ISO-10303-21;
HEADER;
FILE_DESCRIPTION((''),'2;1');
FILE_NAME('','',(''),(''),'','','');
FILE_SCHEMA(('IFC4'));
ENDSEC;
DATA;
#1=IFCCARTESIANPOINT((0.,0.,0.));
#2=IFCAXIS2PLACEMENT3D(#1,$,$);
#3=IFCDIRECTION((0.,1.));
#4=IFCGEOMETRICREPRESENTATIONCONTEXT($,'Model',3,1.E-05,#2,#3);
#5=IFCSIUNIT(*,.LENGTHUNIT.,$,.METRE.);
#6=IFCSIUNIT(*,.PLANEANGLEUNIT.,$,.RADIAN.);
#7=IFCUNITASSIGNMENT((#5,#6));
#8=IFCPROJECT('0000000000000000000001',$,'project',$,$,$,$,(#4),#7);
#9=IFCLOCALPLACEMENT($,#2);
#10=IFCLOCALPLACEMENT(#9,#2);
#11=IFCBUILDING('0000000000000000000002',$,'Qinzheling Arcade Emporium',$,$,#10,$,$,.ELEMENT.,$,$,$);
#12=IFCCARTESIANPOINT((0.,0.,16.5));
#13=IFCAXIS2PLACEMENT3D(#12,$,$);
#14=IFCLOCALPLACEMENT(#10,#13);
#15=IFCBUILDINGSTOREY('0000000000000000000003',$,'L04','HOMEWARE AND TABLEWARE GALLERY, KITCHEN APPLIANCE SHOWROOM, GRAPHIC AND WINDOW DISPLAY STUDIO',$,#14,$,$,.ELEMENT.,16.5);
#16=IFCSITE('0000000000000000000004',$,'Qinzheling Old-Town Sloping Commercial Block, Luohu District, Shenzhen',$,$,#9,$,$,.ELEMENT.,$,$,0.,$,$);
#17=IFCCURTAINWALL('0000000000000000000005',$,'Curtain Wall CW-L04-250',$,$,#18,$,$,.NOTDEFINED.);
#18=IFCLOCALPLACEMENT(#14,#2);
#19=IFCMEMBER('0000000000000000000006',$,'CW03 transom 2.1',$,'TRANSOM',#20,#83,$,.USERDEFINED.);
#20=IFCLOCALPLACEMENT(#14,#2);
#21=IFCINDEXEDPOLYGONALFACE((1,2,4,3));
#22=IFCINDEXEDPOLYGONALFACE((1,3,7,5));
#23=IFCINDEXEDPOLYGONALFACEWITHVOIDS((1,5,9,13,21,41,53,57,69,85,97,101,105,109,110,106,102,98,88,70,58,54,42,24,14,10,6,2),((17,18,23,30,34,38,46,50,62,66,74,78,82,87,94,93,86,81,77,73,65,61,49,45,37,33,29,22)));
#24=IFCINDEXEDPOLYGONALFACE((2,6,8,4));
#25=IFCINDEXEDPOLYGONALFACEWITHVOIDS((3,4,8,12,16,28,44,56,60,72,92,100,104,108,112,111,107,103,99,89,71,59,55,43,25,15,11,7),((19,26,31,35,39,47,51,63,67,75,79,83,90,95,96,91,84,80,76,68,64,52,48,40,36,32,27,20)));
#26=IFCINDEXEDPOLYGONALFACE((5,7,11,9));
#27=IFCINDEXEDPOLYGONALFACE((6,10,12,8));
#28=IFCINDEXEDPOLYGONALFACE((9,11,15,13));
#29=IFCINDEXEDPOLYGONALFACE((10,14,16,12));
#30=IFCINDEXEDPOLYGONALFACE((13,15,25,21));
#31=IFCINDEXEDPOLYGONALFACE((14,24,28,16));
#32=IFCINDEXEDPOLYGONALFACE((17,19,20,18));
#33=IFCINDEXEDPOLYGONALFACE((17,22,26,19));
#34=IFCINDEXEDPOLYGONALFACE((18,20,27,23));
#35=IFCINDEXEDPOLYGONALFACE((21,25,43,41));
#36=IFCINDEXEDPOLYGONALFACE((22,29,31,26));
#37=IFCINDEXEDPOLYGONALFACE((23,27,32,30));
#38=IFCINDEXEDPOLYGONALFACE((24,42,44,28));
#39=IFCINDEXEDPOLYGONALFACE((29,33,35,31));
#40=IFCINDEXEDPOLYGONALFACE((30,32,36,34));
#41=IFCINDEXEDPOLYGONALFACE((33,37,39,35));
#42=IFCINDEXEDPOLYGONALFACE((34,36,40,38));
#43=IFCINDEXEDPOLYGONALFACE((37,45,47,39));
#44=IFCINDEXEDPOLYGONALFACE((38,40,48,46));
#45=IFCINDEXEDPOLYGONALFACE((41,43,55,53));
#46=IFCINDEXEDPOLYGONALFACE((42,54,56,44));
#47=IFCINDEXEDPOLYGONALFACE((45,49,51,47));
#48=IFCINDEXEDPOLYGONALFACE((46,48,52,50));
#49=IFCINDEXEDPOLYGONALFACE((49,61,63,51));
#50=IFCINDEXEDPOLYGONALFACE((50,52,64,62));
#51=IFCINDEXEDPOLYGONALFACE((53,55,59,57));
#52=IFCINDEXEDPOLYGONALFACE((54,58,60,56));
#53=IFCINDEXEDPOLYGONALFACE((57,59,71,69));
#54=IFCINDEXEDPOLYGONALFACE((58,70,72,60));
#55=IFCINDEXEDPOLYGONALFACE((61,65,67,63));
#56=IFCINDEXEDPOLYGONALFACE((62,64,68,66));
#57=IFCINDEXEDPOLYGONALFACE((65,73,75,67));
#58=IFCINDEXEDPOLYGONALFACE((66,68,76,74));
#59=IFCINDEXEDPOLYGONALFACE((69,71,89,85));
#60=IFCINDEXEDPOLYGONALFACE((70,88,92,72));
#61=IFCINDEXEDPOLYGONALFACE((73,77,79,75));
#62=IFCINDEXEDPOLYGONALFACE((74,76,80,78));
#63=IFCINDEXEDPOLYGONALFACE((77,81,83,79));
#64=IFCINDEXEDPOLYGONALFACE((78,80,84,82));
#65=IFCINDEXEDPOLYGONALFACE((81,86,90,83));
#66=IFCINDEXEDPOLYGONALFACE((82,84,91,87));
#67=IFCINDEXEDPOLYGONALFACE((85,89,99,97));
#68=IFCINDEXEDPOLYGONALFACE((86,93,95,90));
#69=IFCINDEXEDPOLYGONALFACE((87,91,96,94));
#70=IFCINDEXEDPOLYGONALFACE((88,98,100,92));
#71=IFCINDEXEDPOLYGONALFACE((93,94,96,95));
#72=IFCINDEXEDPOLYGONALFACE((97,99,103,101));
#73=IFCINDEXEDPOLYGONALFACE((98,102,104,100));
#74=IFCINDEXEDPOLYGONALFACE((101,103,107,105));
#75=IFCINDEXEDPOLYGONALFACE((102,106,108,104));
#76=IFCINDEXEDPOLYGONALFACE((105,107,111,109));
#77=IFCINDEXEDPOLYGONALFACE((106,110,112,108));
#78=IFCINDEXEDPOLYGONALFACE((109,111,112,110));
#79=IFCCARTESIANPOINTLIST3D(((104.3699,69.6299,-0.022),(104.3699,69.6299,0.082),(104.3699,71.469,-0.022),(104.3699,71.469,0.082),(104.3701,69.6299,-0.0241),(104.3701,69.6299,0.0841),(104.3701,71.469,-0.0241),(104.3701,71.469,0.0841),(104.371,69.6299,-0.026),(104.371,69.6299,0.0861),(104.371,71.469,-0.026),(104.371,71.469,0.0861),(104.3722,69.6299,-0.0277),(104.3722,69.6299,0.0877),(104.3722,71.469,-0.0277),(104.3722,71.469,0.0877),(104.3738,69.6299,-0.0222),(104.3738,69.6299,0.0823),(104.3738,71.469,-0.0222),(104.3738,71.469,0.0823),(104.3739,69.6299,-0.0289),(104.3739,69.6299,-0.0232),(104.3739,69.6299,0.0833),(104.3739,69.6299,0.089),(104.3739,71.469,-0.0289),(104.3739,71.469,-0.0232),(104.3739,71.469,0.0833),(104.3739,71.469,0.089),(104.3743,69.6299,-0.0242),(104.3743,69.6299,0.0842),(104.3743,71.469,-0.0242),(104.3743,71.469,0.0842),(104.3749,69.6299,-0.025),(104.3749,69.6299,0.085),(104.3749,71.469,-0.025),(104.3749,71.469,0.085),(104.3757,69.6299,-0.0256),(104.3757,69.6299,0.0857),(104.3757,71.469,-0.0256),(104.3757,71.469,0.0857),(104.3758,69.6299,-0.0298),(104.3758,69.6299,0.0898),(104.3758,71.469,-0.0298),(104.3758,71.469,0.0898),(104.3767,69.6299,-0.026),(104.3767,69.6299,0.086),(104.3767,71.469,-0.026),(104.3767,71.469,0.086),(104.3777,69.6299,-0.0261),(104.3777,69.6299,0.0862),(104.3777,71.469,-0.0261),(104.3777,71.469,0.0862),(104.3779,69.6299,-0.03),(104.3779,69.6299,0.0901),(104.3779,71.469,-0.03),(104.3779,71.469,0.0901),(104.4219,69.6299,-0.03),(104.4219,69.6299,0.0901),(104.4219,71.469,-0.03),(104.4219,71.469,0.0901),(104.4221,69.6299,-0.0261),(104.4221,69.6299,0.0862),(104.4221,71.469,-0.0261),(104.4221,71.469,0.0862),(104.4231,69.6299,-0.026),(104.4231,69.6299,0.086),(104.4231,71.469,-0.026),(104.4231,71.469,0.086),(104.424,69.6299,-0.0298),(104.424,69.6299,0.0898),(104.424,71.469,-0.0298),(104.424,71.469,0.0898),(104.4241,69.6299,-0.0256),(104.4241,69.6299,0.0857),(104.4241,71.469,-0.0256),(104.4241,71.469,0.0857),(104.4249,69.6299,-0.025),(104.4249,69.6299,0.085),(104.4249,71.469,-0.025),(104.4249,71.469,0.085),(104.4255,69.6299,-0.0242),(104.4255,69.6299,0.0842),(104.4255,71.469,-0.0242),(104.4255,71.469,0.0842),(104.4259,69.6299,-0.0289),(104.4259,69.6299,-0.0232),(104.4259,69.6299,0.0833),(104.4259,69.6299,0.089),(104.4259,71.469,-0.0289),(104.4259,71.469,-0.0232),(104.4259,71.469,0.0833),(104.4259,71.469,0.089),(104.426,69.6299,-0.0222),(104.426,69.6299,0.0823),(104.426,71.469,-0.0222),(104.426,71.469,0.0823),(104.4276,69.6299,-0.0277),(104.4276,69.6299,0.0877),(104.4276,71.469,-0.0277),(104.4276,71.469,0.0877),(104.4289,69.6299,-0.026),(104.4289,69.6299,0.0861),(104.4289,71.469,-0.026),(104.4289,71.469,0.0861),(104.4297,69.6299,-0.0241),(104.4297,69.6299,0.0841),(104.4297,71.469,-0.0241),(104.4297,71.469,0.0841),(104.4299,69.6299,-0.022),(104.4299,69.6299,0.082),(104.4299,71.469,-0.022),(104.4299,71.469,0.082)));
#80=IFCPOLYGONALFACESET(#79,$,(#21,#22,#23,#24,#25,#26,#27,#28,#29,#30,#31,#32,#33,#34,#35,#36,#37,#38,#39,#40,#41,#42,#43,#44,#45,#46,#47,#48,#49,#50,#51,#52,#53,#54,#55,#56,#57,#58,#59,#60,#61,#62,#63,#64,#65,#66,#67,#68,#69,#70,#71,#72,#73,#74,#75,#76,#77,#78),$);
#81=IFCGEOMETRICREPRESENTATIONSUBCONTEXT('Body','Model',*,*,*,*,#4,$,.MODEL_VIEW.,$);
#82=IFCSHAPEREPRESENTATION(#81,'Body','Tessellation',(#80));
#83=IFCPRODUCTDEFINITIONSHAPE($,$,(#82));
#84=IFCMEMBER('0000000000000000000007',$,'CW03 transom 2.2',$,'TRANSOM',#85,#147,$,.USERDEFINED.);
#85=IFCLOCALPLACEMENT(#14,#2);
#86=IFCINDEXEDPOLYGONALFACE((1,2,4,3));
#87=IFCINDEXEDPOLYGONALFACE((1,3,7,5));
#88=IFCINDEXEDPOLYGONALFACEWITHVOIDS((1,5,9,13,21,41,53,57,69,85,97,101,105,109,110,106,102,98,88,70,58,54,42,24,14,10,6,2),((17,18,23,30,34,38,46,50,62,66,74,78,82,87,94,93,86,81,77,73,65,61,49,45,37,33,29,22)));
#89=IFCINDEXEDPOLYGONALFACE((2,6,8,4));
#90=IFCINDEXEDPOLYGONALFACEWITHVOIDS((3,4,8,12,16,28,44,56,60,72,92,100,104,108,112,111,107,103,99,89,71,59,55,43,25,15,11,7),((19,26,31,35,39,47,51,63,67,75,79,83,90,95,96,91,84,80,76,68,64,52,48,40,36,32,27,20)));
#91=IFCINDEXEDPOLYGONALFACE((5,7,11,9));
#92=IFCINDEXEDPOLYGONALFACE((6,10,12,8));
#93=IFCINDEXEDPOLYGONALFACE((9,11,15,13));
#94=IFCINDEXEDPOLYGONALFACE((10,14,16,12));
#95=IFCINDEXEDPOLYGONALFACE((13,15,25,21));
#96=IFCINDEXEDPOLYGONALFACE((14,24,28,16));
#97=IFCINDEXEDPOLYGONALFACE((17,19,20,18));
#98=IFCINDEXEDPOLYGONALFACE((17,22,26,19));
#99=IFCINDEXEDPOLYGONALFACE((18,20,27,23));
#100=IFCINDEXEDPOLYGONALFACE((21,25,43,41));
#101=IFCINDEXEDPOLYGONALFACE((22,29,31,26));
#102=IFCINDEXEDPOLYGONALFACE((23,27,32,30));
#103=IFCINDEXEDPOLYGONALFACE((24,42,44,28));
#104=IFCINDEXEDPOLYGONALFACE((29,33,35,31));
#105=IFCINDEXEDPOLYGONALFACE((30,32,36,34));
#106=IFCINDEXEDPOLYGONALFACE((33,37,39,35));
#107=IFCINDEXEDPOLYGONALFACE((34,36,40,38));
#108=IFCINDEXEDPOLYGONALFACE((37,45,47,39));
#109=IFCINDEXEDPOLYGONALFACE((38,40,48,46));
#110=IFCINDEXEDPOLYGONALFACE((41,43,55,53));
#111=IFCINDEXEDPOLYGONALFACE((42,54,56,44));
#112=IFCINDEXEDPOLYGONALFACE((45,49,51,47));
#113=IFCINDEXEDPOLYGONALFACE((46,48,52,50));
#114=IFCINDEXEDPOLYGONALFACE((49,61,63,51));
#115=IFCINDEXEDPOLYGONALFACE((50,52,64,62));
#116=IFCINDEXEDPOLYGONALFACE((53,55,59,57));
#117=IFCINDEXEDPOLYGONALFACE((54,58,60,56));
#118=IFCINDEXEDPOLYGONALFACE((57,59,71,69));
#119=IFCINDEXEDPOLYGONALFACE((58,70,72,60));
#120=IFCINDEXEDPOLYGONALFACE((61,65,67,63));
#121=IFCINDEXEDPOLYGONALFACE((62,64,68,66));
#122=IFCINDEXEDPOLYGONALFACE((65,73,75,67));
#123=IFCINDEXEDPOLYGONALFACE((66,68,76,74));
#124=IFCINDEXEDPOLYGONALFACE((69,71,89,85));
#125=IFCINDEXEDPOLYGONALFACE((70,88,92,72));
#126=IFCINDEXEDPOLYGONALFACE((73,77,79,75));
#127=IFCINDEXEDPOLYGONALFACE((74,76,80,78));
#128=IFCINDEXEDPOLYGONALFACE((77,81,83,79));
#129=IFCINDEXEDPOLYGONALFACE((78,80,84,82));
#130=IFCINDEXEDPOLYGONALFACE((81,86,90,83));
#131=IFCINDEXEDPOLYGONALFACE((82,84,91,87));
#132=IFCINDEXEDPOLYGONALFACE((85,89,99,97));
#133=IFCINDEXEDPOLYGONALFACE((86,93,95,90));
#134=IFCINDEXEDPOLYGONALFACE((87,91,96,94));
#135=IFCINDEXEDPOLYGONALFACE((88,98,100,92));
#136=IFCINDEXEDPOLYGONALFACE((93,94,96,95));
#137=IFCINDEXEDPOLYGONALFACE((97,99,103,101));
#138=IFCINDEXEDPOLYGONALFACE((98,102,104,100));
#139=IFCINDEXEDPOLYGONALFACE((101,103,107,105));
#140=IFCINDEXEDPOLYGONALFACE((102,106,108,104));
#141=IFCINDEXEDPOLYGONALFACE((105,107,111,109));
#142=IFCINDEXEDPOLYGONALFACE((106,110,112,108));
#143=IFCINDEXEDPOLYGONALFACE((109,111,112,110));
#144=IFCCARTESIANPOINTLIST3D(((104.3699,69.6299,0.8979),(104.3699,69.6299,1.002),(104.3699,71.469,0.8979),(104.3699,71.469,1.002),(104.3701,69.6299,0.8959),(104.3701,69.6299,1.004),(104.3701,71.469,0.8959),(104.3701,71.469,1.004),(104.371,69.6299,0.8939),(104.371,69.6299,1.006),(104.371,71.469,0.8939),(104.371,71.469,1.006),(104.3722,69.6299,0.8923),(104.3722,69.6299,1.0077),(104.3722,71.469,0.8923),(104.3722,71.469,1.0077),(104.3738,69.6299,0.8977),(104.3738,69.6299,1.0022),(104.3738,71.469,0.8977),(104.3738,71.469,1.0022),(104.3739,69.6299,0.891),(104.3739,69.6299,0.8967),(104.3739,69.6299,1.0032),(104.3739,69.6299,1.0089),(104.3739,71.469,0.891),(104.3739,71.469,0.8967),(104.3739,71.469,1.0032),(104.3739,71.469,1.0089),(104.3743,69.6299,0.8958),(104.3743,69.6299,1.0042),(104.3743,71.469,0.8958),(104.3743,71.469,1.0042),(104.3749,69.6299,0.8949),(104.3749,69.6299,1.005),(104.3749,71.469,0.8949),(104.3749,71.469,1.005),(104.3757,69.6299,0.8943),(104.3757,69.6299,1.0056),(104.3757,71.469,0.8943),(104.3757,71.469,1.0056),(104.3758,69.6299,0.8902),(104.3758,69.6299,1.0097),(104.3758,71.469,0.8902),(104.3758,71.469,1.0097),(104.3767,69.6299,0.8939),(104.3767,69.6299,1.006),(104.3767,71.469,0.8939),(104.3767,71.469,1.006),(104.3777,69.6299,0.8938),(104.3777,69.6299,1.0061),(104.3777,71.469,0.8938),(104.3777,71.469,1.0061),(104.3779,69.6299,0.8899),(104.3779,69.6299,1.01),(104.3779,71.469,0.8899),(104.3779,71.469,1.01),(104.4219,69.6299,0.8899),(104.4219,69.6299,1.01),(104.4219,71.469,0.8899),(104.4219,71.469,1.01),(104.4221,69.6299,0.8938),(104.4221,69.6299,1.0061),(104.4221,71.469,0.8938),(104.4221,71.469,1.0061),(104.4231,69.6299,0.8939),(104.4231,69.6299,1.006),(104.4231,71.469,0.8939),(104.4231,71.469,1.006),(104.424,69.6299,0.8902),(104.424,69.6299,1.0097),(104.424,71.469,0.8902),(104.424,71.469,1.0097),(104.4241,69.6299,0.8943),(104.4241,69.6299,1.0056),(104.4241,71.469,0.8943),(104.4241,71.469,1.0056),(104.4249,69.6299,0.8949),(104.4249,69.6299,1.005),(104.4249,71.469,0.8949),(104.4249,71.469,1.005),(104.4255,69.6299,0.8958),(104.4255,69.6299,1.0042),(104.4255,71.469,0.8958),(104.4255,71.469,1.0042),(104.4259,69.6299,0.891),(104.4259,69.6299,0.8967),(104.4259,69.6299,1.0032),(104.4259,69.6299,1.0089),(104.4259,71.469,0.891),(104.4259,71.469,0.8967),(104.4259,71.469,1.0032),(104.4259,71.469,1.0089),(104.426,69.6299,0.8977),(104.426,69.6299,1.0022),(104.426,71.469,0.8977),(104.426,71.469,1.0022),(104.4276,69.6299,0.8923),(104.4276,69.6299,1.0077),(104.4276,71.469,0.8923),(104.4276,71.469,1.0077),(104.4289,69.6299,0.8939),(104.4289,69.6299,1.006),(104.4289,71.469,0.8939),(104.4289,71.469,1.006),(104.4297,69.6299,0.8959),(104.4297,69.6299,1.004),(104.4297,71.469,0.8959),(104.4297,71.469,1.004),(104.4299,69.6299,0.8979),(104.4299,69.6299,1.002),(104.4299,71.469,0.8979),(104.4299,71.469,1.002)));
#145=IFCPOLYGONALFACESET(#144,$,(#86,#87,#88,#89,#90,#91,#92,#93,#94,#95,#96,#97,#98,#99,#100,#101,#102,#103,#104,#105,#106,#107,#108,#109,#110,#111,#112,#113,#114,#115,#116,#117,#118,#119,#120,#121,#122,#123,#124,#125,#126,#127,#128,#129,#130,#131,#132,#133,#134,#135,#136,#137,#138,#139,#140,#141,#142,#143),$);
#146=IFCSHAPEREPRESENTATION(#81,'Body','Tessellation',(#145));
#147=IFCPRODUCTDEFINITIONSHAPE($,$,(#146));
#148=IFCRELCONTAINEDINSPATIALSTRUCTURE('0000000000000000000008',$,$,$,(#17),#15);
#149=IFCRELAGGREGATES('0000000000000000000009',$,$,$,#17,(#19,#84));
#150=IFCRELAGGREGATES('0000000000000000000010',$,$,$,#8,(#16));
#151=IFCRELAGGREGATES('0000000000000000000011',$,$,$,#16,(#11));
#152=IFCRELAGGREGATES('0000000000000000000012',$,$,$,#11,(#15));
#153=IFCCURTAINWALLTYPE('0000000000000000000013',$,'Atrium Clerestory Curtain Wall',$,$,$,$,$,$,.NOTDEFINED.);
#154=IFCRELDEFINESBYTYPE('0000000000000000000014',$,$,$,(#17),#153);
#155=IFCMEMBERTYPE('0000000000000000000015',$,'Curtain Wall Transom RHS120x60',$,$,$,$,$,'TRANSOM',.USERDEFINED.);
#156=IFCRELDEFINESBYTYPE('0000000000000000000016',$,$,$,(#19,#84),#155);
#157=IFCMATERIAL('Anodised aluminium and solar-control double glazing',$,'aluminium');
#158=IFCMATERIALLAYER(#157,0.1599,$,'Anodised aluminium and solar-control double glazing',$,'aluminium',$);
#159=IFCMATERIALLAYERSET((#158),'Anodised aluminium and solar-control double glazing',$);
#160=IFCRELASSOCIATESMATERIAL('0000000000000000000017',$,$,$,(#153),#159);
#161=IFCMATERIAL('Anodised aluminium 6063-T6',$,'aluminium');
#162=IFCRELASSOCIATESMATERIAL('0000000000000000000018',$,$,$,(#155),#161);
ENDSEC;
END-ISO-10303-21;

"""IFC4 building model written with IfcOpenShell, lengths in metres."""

from ifc_helpers import new_model, si_unit, direction, frame, origin, origin_2d, place, context, subcontext, project, spatial, hollow_rectangle, extrude, material, layer, layer_set, material_profile, profile_set, type_object, element, aggregate, save


model = new_model("IFC4")

# Units and contexts
model_context = context("Model", 3, precision=1e-05, world=origin(), true_north=direction((0.0, 1.0)))
body_context = subcontext(model_context, "Body", "Model", "MODEL_VIEW")
ifc_project = project(units=[si_unit("LENGTHUNIT", "METRE"), si_unit("PLANEANGLEUNIT", "RADIAN")], contexts=[model_context])

# Site, building, storey
site_placement = place(None, origin())
site = spatial("IfcSite", under=ifc_project, at=site_placement, Name="Qinzheling Old-Town Sloping Commercial Block, Luohu District, Shenzhen", CompositionType="ELEMENT", RefElevation=0.0)
building_placement = place(site_placement, origin())
building = spatial("IfcBuilding", under=site, at=building_placement, Name="Qinzheling Arcade Emporium", CompositionType="ELEMENT")
storey_placement = place(building_placement, frame((0.0, 0.0, 16.5)))
storey = spatial("IfcBuildingStorey", under=building, at=storey_placement, Name="L04", Description="HOMEWARE AND TABLEWARE GALLERY, KITCHEN APPLIANCE SHOWROOM, GRAPHIC AND WINDOW DISPLAY STUDIO", CompositionType="ELEMENT", Elevation=16.5)

# Curtain wall, members
ifc_material_1 = material(Name="Anodised aluminium and solar-control double glazing", Category="aluminium")
ifc_layer_1 = layer(ifc_material_1, 0.1599, Name="Anodised aluminium and solar-control double glazing", Category="aluminium")
ifc_layer_set_1 = layer_set([ifc_layer_1], Name="Anodised aluminium and solar-control double glazing")
curtain_wall_type = type_object("IfcCurtainWallType", Name="Atrium Clerestory Curtain Wall", PredefinedType="NOTDEFINED", material=ifc_layer_set_1)
curtain_wall_placement = place(storey_placement, origin())
curtain_wall = element("IfcCurtainWall", 1, at=curtain_wall_placement, inside=storey, type_object=curtain_wall_type, Name="Curtain Wall CW-L04-250", PredefinedType="NOTDEFINED")
ifc_material_2 = material(Name="Anodised aluminium 6063-T6", Category="aluminium")
ifc_material_profile_1 = material_profile(ifc_material_2, hollow_rectangle(XDim=0.0601, YDim=0.1201, WallThickness=0.0039, InnerFilletRadius=0.0039, OuterFilletRadius=0.0081, at=origin_2d()), Name="RHS 120x60x4", Category="aluminium")
ifc_profile_set_1 = profile_set([ifc_material_profile_1], Name="Anodised aluminium 6063-T6")
member_type_1 = type_object("IfcMemberType", Name="Curtain Wall Transom RHS120x60", ElementType="TRANSOM", PredefinedType="USERDEFINED", material=ifc_profile_set_1)
member_1_placement = place(storey_placement, frame((104.3999, 71.469, 0.03), z_axis=(0.0, -1.0, 0.0), x_axis=(1.0, 0.0, 0.0)))
member_1 = element("IfcMember", 2, at=member_1_placement, type_object=member_type_1, Name="CW03 transom 2.1", ObjectType="TRANSOM", PredefinedType="USERDEFINED", context=body_context, shape_type="SweptSolid", body=[
    extrude(hollow_rectangle(XDim=0.0601, YDim=0.1201, WallThickness=0.0039, InnerFilletRadius=0.0039, OuterFilletRadius=0.0081, at=origin_2d()), origin(), (0.0, 0.0, 1.0), 1.8391),
])
member_2_placement = place(storey_placement, frame((104.3999, 71.469, 0.95), z_axis=(0.0, -1.0, 0.0), x_axis=(1.0, 0.0, 0.0)))
member_2 = element("IfcMember", 3, at=member_2_placement, type_object=member_type_1, Name="CW03 transom 2.2", ObjectType="TRANSOM", PredefinedType="USERDEFINED", context=body_context, shape_type="SweptSolid", body=[
    extrude(hollow_rectangle(XDim=0.0601, YDim=0.1201, WallThickness=0.0039, InnerFilletRadius=0.0039, OuterFilletRadius=0.0081, at=origin_2d()), origin(), (0.0, 0.0, 1.0), 1.8391),
])

aggregate(curtain_wall, [member_1, member_2])

save(model, "model.ifc")
